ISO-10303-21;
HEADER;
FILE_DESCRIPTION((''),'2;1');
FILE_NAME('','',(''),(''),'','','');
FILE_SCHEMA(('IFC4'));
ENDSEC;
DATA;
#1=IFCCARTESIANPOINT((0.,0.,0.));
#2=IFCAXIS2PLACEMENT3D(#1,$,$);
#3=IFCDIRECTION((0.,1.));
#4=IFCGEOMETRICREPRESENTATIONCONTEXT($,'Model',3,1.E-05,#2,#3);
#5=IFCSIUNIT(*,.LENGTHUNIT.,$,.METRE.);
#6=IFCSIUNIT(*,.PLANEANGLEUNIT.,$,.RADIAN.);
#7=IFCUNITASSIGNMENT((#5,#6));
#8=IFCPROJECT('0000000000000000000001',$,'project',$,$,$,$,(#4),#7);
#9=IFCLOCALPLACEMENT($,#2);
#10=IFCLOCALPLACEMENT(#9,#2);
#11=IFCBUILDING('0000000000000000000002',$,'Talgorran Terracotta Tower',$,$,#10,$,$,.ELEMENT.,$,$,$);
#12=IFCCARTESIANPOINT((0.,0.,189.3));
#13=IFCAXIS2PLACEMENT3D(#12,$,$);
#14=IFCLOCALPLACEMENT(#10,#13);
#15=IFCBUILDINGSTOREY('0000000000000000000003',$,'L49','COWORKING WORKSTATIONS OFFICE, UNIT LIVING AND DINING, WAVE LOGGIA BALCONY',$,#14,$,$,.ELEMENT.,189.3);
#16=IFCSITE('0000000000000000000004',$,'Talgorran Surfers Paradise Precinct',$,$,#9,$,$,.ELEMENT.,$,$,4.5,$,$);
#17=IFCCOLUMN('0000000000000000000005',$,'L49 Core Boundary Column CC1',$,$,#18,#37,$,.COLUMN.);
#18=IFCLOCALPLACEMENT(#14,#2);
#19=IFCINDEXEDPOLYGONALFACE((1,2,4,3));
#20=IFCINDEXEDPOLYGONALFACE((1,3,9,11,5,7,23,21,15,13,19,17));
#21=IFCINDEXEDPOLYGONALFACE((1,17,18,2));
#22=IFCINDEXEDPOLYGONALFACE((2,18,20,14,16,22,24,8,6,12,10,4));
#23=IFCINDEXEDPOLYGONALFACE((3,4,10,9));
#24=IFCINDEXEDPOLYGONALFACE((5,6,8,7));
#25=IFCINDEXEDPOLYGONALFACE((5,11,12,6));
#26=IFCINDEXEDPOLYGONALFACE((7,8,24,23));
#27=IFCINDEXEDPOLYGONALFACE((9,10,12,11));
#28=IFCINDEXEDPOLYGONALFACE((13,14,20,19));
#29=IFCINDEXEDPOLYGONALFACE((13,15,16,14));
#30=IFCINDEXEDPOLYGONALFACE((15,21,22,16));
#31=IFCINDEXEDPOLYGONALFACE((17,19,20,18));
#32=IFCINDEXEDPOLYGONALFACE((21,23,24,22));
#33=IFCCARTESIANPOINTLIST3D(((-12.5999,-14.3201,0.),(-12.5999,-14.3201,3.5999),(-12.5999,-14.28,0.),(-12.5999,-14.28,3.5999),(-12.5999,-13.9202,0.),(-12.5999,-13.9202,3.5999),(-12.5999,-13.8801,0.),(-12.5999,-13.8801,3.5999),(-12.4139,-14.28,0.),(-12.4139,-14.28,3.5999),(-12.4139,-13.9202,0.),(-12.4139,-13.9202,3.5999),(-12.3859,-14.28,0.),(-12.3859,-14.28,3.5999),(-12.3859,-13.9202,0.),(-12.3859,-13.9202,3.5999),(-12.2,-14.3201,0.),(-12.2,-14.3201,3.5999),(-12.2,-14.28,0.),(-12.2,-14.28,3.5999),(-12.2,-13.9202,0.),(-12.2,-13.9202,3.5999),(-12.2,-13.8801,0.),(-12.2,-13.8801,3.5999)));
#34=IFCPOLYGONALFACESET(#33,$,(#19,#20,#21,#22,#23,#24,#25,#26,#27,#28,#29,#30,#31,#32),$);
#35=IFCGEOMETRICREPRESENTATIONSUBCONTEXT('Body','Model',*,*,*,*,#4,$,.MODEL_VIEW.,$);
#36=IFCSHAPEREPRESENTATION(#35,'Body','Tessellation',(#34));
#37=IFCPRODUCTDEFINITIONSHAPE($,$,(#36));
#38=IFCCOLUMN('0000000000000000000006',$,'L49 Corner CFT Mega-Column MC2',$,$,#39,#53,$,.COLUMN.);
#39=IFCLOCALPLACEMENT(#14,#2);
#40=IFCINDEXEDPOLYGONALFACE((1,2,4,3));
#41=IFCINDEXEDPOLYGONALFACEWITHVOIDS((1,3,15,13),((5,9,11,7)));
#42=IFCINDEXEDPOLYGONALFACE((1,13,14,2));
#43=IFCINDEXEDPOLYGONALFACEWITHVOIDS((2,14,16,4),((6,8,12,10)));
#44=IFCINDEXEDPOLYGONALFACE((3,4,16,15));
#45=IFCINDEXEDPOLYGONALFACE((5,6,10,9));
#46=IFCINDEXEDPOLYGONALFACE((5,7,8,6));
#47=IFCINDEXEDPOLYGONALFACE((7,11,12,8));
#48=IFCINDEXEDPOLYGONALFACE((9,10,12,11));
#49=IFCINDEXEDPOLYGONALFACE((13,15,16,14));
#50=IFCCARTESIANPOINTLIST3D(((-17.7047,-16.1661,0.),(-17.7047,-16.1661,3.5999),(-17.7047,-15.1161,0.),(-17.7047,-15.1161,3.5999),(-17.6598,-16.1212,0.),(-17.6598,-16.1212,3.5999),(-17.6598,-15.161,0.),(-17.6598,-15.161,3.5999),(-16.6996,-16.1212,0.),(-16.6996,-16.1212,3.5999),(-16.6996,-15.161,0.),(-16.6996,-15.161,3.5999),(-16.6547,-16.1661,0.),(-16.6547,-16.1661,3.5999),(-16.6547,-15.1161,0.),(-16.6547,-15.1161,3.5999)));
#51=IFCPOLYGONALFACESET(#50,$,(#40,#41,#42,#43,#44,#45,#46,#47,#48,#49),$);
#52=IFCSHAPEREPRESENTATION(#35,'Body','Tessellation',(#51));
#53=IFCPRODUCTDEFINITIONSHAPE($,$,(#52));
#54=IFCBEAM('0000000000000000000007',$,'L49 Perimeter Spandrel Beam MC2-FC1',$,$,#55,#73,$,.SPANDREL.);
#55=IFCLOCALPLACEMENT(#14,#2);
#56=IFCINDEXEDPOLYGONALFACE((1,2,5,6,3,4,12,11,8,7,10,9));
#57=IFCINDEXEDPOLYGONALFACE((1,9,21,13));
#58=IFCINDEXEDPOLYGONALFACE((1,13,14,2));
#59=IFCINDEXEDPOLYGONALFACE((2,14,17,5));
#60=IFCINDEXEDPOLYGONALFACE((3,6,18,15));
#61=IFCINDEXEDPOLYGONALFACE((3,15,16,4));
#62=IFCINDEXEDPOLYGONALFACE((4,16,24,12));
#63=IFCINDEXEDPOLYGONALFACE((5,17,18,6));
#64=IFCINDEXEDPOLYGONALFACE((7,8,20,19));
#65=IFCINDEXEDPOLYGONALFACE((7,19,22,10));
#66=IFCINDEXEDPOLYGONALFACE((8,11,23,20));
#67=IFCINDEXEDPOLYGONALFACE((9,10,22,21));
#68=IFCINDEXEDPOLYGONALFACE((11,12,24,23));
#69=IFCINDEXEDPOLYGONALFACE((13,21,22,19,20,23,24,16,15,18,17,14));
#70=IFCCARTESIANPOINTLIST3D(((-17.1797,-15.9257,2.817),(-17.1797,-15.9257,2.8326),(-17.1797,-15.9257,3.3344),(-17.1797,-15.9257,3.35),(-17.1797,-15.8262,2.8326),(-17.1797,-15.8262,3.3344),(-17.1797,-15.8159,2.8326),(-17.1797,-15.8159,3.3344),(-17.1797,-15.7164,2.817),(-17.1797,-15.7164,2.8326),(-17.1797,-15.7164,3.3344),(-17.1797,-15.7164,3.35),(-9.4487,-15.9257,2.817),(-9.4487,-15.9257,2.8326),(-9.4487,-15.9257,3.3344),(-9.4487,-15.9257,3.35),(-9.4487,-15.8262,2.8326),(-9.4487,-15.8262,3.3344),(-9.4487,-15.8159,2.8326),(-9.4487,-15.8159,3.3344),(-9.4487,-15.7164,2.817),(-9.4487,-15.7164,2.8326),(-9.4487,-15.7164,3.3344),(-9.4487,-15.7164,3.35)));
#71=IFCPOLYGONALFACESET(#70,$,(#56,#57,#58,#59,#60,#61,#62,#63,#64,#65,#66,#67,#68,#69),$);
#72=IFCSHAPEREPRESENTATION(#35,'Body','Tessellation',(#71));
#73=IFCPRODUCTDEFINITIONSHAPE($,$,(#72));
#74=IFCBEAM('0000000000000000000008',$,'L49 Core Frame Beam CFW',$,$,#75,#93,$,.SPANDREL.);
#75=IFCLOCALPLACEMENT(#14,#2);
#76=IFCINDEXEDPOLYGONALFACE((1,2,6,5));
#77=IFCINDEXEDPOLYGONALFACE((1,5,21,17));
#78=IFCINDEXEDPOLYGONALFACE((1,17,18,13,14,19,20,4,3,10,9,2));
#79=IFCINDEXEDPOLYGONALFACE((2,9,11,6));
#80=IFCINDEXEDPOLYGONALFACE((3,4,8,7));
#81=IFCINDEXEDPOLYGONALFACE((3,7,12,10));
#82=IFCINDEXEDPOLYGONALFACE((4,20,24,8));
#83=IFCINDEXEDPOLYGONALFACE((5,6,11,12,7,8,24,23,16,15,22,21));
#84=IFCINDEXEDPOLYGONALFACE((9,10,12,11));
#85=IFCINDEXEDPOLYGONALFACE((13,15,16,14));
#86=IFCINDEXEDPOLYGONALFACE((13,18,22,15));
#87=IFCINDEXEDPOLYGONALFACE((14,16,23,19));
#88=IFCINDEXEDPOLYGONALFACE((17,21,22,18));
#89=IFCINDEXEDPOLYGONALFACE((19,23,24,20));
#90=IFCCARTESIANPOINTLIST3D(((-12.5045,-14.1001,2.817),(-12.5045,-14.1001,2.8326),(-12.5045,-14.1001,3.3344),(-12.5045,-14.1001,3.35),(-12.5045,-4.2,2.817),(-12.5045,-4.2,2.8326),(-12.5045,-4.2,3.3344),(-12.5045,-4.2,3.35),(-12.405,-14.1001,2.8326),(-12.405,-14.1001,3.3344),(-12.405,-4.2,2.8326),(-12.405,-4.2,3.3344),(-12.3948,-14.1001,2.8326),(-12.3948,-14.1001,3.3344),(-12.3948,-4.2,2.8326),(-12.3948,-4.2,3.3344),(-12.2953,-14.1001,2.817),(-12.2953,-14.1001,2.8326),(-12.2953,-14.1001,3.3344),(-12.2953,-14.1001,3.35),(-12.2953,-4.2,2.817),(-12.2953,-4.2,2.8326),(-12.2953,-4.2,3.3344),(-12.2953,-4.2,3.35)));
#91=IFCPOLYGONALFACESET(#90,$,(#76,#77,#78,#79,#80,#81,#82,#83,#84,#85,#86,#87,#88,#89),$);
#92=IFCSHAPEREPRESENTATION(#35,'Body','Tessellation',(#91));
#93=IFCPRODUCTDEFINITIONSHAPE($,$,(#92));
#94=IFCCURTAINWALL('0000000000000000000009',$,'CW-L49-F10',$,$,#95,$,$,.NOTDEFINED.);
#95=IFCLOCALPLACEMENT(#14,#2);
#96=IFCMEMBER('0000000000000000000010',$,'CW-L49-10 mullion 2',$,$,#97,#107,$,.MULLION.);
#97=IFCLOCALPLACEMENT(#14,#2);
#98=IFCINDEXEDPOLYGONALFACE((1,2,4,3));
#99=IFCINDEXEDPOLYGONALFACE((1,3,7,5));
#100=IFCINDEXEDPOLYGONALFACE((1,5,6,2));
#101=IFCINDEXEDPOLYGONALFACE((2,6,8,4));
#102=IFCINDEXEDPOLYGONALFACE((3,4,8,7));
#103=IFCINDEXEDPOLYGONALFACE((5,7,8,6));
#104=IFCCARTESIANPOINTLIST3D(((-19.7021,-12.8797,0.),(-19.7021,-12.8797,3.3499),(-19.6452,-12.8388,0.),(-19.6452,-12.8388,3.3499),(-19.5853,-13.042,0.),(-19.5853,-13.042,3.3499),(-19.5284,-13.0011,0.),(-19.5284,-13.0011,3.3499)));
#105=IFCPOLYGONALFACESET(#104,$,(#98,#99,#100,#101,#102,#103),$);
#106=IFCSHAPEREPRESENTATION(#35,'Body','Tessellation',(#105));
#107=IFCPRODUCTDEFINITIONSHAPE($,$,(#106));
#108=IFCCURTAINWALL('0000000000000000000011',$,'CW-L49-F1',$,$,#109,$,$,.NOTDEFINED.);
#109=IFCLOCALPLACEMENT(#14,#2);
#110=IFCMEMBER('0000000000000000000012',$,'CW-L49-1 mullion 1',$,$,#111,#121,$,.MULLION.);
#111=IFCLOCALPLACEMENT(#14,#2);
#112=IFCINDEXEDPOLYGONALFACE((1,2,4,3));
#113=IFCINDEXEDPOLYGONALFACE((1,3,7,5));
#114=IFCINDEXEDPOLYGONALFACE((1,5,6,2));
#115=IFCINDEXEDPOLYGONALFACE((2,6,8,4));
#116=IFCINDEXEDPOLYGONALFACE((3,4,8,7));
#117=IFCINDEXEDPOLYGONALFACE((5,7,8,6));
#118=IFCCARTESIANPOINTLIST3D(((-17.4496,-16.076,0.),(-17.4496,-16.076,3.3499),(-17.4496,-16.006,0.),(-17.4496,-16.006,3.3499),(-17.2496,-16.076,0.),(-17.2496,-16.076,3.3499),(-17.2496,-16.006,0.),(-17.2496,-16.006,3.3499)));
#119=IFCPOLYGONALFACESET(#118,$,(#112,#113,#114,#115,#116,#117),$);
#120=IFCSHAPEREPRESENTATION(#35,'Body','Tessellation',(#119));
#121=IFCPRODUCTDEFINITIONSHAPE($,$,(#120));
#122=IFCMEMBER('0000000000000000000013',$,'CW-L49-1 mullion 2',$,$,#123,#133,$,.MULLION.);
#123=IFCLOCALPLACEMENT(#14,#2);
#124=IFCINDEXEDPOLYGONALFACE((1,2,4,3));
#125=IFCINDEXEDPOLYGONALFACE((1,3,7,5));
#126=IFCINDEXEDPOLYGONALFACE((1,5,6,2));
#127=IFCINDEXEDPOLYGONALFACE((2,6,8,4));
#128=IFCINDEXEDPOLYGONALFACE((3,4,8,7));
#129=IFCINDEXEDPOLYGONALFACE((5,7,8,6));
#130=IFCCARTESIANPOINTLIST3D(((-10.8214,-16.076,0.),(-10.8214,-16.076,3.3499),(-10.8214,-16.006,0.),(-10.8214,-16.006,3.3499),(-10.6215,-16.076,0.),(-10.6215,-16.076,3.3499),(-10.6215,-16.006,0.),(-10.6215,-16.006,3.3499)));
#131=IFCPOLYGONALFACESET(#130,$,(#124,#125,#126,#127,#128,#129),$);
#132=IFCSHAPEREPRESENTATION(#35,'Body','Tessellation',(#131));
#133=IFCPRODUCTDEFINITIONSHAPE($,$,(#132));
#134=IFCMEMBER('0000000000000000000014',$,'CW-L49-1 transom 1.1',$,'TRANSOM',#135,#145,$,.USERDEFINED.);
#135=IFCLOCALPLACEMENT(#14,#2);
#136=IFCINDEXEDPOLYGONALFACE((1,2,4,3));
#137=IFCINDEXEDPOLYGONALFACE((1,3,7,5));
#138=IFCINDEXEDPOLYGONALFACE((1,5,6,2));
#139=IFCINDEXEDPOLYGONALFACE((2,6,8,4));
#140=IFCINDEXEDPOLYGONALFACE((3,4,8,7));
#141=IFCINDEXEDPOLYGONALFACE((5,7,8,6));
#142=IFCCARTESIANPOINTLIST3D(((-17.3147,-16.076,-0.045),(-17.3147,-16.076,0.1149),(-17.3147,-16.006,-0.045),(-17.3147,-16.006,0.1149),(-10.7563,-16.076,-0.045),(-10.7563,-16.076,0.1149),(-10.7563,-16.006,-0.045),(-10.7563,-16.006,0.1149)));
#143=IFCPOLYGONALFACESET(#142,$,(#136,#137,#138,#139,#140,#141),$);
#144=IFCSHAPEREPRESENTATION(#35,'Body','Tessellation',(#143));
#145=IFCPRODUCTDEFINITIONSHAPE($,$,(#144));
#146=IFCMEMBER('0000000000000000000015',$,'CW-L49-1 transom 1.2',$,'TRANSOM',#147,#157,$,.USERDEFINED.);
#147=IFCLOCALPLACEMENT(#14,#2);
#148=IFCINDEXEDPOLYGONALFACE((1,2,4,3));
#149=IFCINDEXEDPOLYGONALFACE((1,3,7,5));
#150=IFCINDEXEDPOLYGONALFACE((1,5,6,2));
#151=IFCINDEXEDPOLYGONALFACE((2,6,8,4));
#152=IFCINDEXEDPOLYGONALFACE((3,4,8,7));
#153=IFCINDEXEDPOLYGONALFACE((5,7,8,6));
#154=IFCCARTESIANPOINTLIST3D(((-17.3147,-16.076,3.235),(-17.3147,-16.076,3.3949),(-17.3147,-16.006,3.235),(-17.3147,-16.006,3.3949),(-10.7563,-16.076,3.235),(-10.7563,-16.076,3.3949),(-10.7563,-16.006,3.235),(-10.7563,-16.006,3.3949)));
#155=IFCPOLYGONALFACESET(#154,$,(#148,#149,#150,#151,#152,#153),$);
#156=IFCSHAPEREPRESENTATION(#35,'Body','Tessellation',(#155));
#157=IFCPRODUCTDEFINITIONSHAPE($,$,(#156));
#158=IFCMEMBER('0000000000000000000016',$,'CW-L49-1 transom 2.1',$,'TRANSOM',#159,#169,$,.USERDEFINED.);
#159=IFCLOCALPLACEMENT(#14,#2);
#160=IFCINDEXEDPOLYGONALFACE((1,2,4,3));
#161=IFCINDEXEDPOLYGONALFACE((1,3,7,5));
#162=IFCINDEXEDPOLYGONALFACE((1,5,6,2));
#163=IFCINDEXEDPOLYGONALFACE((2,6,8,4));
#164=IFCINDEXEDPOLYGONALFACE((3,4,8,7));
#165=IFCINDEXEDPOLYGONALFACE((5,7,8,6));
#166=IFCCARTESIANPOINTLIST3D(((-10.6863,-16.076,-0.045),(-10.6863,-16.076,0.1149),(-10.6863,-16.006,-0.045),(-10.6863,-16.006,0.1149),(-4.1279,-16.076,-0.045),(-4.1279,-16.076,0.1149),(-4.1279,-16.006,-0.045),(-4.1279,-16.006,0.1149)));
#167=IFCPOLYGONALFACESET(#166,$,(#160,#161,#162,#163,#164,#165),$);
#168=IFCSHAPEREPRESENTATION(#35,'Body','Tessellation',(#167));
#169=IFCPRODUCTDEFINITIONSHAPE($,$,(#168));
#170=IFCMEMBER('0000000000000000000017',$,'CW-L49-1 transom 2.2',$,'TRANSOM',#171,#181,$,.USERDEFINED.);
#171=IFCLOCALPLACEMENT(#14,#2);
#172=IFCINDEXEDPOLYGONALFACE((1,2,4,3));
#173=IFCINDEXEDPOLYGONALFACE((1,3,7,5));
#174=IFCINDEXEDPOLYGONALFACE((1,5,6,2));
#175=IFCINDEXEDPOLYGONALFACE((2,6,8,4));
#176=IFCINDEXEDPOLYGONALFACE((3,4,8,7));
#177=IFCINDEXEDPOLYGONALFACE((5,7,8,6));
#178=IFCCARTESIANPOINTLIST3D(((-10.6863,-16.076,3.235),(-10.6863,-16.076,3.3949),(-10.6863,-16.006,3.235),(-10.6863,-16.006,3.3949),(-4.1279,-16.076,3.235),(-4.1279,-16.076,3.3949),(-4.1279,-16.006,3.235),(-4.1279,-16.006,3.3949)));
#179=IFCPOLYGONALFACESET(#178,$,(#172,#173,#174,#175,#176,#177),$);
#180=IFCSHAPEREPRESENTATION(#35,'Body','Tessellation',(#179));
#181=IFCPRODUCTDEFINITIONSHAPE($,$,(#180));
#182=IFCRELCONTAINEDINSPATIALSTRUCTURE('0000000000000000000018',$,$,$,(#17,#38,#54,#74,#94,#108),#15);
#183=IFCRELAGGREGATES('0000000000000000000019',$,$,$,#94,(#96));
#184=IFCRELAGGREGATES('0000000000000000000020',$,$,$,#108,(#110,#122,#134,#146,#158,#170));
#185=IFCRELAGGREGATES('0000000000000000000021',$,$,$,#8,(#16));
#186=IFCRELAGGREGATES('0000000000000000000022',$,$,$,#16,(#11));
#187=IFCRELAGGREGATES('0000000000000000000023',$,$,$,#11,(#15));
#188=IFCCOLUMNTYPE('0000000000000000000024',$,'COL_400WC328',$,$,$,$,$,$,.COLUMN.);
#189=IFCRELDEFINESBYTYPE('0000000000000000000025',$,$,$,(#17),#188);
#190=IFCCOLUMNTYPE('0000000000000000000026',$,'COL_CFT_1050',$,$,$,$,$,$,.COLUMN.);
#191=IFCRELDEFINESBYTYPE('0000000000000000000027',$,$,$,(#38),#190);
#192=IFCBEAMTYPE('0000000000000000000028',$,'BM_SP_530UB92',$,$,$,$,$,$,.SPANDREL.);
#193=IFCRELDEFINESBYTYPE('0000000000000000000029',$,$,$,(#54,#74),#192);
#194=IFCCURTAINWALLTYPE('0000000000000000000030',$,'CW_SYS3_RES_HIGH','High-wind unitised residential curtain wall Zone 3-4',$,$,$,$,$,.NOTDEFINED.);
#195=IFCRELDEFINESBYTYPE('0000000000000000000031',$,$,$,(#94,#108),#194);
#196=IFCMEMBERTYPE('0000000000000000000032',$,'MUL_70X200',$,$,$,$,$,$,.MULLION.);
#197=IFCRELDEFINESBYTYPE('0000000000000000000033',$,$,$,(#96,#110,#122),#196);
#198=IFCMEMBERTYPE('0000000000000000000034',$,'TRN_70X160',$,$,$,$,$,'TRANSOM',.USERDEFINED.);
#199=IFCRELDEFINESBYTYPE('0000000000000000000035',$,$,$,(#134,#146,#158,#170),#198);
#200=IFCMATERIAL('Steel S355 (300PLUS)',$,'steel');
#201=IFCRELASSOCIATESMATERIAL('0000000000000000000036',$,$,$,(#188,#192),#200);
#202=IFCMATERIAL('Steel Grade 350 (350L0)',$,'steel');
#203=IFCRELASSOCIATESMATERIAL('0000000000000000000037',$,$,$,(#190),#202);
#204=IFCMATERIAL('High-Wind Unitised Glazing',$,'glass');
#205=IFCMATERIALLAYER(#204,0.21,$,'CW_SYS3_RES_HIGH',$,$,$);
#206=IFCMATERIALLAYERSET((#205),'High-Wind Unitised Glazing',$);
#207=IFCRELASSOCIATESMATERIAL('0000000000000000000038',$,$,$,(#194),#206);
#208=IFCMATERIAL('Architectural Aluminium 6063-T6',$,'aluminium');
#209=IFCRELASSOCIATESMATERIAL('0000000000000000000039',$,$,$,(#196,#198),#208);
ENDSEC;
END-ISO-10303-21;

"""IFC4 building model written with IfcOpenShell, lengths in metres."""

from ifc_helpers import new_model, si_unit, direction, frame, origin, origin_2d, place, context, subcontext, project, spatial, rectangle, hollow_rectangle, i_section, extrude, material, layer, layer_set, material_profile, profile_set, type_object, element, aggregate, save


model = new_model("IFC4")

# Units and contexts
model_context = context("Model", 3, precision=1e-05, world=origin(), true_north=direction((0.0, 1.0)))
body_context = subcontext(model_context, "Body", "Model", "MODEL_VIEW")
ifc_project = project(units=[si_unit("LENGTHUNIT", "METRE"), si_unit("PLANEANGLEUNIT", "RADIAN")], contexts=[model_context])

# Site, building, storey
site_placement = place(None, origin())
site = spatial("IfcSite", under=ifc_project, at=site_placement, Name="Talgorran Surfers Paradise Precinct", CompositionType="ELEMENT", RefElevation=4.5)
building_placement = place(site_placement, origin())
building = spatial("IfcBuilding", under=site, at=building_placement, Name="Talgorran Terracotta Tower", CompositionType="ELEMENT")
storey_placement = place(building_placement, frame((0.0, 0.0, 189.3)))
storey = spatial("IfcBuildingStorey", under=building, at=storey_placement, Name="L49", Description="COWORKING WORKSTATIONS OFFICE, UNIT LIVING AND DINING, WAVE LOGGIA BALCONY", CompositionType="ELEMENT", Elevation=189.3)

# Columns
ifc_material_1 = material(Name="Steel S355 (300PLUS)", Category="steel")
ifc_material_profile_1 = material_profile(ifc_material_1, i_section(OverallWidth=0.3999, OverallDepth=0.4399, WebThickness=0.0281, FlangeThickness=0.04, at=origin_2d()), Name="400WC328")
ifc_profile_set_1 = profile_set([ifc_material_profile_1], Name="Steel S355 (300PLUS)")
column_type_1 = type_object("IfcColumnType", Name="COL_400WC328", PredefinedType="COLUMN", material=ifc_profile_set_1)
column_1_placement = place(storey_placement, frame((-12.3999, -14.1001, 0.0), z_axis=(0.0, 0.0, 1.0), x_axis=(1.0, 0.0, 0.0)))
element("IfcColumn", 1, at=column_1_placement, inside=storey, type_object=column_type_1, Name="L49 Core Boundary Column CC1", PredefinedType="COLUMN", context=body_context, shape_type="SweptSolid", body=[
    extrude(i_section(OverallWidth=0.3999, OverallDepth=0.4399, WebThickness=0.0281, FlangeThickness=0.04, at=origin_2d()), origin(), (0.0, 0.0, 1.0), 3.5999),
])
ifc_material_2 = material(Name="Steel Grade 350 (350L0)", Category="steel")
ifc_material_profile_2 = material_profile(ifc_material_2, hollow_rectangle(XDim=1.05, YDim=1.05, WallThickness=0.0449, at=origin_2d()), Name="CFT1050X1050X45")
ifc_profile_set_2 = profile_set([ifc_material_profile_2], Name="Steel Grade 350 (350L0)")
column_type_2 = type_object("IfcColumnType", Name="COL_CFT_1050", PredefinedType="COLUMN", material=ifc_profile_set_2)
column_2_placement = place(storey_placement, frame((-17.1797, -15.6411, 0.0), z_axis=(0.0, 0.0, 1.0), x_axis=(1.0, 0.0, 0.0)))
element("IfcColumn", 2, at=column_2_placement, inside=storey, type_object=column_type_2, Name="L49 Corner CFT Mega-Column MC2", PredefinedType="COLUMN", context=body_context, shape_type="SweptSolid", body=[
    extrude(hollow_rectangle(XDim=1.05, YDim=1.05, WallThickness=0.0449, at=origin_2d()), origin(), (0.0, 0.0, 1.0), 3.5999),
])

# Beams
ifc_material_profile_3 = material_profile(ifc_material_1, i_section(OverallWidth=0.2092, OverallDepth=0.533, WebThickness=0.0103, FlangeThickness=0.0156, at=origin_2d()), Name="530UB92.4")
ifc_profile_set_3 = profile_set([ifc_material_profile_3], Name="Steel S355 (300PLUS)")
beam_type = type_object("IfcBeamType", Name="BM_SP_530UB92", PredefinedType="SPANDREL", material=ifc_profile_set_3)
beam_1_placement = place(storey_placement, frame((-17.1797, -15.821, 3.0835), z_axis=(1.0, 0.0, 0.0), x_axis=(0.0, 1.0, 0.0)))
element("IfcBeam", 3, at=beam_1_placement, inside=storey, type_object=beam_type, Name="L49 Perimeter Spandrel Beam MC2-FC1", PredefinedType="SPANDREL", context=body_context, shape_type="SweptSolid", body=[
    extrude(i_section(OverallWidth=0.2092, OverallDepth=0.533, WebThickness=0.0103, FlangeThickness=0.0156, at=origin_2d()), origin(), (0.0, 0.0, 1.0), 7.731),
])
beam_2_placement = place(storey_placement, frame((-12.3999, -14.1001, 3.0835), z_axis=(0.0, 1.0, 0.0), x_axis=(-1.0, 0.0, 0.0)))
element("IfcBeam", 4, at=beam_2_placement, inside=storey, type_object=beam_type, Name="L49 Core Frame Beam CFW", PredefinedType="SPANDREL", context=body_context, shape_type="SweptSolid", body=[
    extrude(i_section(OverallWidth=0.2092, OverallDepth=0.533, WebThickness=0.0103, FlangeThickness=0.0156, at=origin_2d()), origin(), (0.0, 0.0, 1.0), 9.9001),
])

# Curtain wall, member
ifc_material_3 = material(Name="High-Wind Unitised Glazing", Category="glass")
ifc_layer_1 = layer(ifc_material_3, 0.21, Name="CW_SYS3_RES_HIGH")
ifc_layer_set_1 = layer_set([ifc_layer_1], Name="High-Wind Unitised Glazing")
curtain_wall_type = type_object("IfcCurtainWallType", Name="CW_SYS3_RES_HIGH", Description="High-wind unitised residential curtain wall Zone 3-4", PredefinedType="NOTDEFINED", material=ifc_layer_set_1)
curtain_wall_1_placement = place(storey_placement, origin())
curtain_wall_1 = element("IfcCurtainWall", 5, at=curtain_wall_1_placement, inside=storey, type_object=curtain_wall_type, Name="CW-L49-F10", PredefinedType="NOTDEFINED")
ifc_material_4 = material(Name="Architectural Aluminium 6063-T6", Category="aluminium")
ifc_material_profile_4 = material_profile(ifc_material_4, rectangle(XDim=0.0701, YDim=0.2, at=origin_2d()), Name="CWM70X200")
ifc_profile_set_4 = profile_set([ifc_material_profile_4], Name="Architectural Aluminium 6063-T6")
member_type_1 = type_object("IfcMemberType", Name="MUL_70X200", PredefinedType="MULLION", material=ifc_profile_set_4)
member_1_placement = place(storey_placement, frame((-19.6152, -12.9404, 0.0), z_axis=(0.0, 0.0, 1.0), x_axis=(0.811771, 0.583976, 0.0)))
member_1 = element("IfcMember", 6, at=member_1_placement, type_object=member_type_1, Name="CW-L49-10 mullion 2", PredefinedType="MULLION", context=body_context, shape_type="SweptSolid", body=[
    extrude(rectangle(XDim=0.0701, YDim=0.2, at=origin_2d()), origin(), (0.0, 0.0, 1.0), 3.3499),
])
aggregate(curtain_wall_1, [member_1])

# Curtain wall, members
curtain_wall_2_placement = place(storey_placement, origin())
curtain_wall_2 = element("IfcCurtainWall", 7, at=curtain_wall_2_placement, inside=storey, type_object=curtain_wall_type, Name="CW-L49-F1", PredefinedType="NOTDEFINED")
member_2_placement = place(storey_placement, frame((-17.3496, -16.041, 0.0), z_axis=(0.0, 0.0, 1.0), x_axis=(0.0, 1.0, 0.0)))
member_2 = element("IfcMember", 8, at=member_2_placement, type_object=member_type_1, Name="CW-L49-1 mullion 1", PredefinedType="MULLION", context=body_context, shape_type="SweptSolid", body=[
    extrude(rectangle(XDim=0.0701, YDim=0.2, at=origin_2d()), origin(), (0.0, 0.0, 1.0), 3.3499),
])
member_3_placement = place(storey_placement, frame((-10.7214, -16.041, 0.0), z_axis=(0.0, 0.0, 1.0), x_axis=(0.0, 1.0, 0.0)))
member_3 = element("IfcMember", 9, at=member_3_placement, type_object=member_type_1, Name="CW-L49-1 mullion 2", PredefinedType="MULLION", context=body_context, shape_type="SweptSolid", body=[
    extrude(rectangle(XDim=0.0701, YDim=0.2, at=origin_2d()), origin(), (0.0, 0.0, 1.0), 3.3499),
])
ifc_material_profile_5 = material_profile(ifc_material_4, rectangle(XDim=0.0701, YDim=0.1599, at=origin_2d()), Name="CWT70X160")
ifc_profile_set_5 = profile_set([ifc_material_profile_5], Name="Architectural Aluminium 6063-T6")
member_type_2 = type_object("IfcMemberType", Name="TRN_70X160", ElementType="TRANSOM", PredefinedType="USERDEFINED", material=ifc_profile_set_5)
member_4_placement = place(storey_placement, frame((-17.3147, -16.041, 0.0349), z_axis=(1.0, 0.0, 0.0), x_axis=(0.0, 1.0, 0.0)))
member_4 = element("IfcMember", 10, at=member_4_placement, type_object=member_type_2, Name="CW-L49-1 transom 1.1", ObjectType="TRANSOM", PredefinedType="USERDEFINED", context=body_context, shape_type="SweptSolid", body=[
    extrude(rectangle(XDim=0.0701, YDim=0.1599, at=origin_2d()), origin(), (0.0, 0.0, 1.0), 6.5583),
])
member_5_placement = place(storey_placement, frame((-17.3147, -16.041, 3.3149), z_axis=(1.0, 0.0, 0.0), x_axis=(0.0, 1.0, 0.0)))
member_5 = element("IfcMember", 11, at=member_5_placement, type_object=member_type_2, Name="CW-L49-1 transom 1.2", ObjectType="TRANSOM", PredefinedType="USERDEFINED", context=body_context, shape_type="SweptSolid", body=[
    extrude(rectangle(XDim=0.0701, YDim=0.1599, at=origin_2d()), origin(), (0.0, 0.0, 1.0), 6.5583),
])
member_6_placement = place(storey_placement, frame((-10.6863, -16.041, 0.0349), z_axis=(1.0, 0.0, 0.0), x_axis=(0.0, 1.0, 0.0)))
member_6 = element("IfcMember", 12, at=member_6_placement, type_object=member_type_2, Name="CW-L49-1 transom 2.1", ObjectType="TRANSOM", PredefinedType="USERDEFINED", context=body_context, shape_type="SweptSolid", body=[
    extrude(rectangle(XDim=0.0701, YDim=0.1599, at=origin_2d()), origin(), (0.0, 0.0, 1.0), 6.5583),
])
member_7_placement = place(storey_placement, frame((-10.6863, -16.041, 3.3149), z_axis=(1.0, 0.0, 0.0), x_axis=(0.0, 1.0, 0.0)))
member_7 = element("IfcMember", 13, at=member_7_placement, type_object=member_type_2, Name="CW-L49-1 transom 2.2", ObjectType="TRANSOM", PredefinedType="USERDEFINED", context=body_context, shape_type="SweptSolid", body=[
    extrude(rectangle(XDim=0.0701, YDim=0.1599, at=origin_2d()), origin(), (0.0, 0.0, 1.0), 6.5583),
])
aggregate(curtain_wall_2, [member_2, member_3, member_4, member_5, member_6, member_7])

save(model, "model.ifc")
